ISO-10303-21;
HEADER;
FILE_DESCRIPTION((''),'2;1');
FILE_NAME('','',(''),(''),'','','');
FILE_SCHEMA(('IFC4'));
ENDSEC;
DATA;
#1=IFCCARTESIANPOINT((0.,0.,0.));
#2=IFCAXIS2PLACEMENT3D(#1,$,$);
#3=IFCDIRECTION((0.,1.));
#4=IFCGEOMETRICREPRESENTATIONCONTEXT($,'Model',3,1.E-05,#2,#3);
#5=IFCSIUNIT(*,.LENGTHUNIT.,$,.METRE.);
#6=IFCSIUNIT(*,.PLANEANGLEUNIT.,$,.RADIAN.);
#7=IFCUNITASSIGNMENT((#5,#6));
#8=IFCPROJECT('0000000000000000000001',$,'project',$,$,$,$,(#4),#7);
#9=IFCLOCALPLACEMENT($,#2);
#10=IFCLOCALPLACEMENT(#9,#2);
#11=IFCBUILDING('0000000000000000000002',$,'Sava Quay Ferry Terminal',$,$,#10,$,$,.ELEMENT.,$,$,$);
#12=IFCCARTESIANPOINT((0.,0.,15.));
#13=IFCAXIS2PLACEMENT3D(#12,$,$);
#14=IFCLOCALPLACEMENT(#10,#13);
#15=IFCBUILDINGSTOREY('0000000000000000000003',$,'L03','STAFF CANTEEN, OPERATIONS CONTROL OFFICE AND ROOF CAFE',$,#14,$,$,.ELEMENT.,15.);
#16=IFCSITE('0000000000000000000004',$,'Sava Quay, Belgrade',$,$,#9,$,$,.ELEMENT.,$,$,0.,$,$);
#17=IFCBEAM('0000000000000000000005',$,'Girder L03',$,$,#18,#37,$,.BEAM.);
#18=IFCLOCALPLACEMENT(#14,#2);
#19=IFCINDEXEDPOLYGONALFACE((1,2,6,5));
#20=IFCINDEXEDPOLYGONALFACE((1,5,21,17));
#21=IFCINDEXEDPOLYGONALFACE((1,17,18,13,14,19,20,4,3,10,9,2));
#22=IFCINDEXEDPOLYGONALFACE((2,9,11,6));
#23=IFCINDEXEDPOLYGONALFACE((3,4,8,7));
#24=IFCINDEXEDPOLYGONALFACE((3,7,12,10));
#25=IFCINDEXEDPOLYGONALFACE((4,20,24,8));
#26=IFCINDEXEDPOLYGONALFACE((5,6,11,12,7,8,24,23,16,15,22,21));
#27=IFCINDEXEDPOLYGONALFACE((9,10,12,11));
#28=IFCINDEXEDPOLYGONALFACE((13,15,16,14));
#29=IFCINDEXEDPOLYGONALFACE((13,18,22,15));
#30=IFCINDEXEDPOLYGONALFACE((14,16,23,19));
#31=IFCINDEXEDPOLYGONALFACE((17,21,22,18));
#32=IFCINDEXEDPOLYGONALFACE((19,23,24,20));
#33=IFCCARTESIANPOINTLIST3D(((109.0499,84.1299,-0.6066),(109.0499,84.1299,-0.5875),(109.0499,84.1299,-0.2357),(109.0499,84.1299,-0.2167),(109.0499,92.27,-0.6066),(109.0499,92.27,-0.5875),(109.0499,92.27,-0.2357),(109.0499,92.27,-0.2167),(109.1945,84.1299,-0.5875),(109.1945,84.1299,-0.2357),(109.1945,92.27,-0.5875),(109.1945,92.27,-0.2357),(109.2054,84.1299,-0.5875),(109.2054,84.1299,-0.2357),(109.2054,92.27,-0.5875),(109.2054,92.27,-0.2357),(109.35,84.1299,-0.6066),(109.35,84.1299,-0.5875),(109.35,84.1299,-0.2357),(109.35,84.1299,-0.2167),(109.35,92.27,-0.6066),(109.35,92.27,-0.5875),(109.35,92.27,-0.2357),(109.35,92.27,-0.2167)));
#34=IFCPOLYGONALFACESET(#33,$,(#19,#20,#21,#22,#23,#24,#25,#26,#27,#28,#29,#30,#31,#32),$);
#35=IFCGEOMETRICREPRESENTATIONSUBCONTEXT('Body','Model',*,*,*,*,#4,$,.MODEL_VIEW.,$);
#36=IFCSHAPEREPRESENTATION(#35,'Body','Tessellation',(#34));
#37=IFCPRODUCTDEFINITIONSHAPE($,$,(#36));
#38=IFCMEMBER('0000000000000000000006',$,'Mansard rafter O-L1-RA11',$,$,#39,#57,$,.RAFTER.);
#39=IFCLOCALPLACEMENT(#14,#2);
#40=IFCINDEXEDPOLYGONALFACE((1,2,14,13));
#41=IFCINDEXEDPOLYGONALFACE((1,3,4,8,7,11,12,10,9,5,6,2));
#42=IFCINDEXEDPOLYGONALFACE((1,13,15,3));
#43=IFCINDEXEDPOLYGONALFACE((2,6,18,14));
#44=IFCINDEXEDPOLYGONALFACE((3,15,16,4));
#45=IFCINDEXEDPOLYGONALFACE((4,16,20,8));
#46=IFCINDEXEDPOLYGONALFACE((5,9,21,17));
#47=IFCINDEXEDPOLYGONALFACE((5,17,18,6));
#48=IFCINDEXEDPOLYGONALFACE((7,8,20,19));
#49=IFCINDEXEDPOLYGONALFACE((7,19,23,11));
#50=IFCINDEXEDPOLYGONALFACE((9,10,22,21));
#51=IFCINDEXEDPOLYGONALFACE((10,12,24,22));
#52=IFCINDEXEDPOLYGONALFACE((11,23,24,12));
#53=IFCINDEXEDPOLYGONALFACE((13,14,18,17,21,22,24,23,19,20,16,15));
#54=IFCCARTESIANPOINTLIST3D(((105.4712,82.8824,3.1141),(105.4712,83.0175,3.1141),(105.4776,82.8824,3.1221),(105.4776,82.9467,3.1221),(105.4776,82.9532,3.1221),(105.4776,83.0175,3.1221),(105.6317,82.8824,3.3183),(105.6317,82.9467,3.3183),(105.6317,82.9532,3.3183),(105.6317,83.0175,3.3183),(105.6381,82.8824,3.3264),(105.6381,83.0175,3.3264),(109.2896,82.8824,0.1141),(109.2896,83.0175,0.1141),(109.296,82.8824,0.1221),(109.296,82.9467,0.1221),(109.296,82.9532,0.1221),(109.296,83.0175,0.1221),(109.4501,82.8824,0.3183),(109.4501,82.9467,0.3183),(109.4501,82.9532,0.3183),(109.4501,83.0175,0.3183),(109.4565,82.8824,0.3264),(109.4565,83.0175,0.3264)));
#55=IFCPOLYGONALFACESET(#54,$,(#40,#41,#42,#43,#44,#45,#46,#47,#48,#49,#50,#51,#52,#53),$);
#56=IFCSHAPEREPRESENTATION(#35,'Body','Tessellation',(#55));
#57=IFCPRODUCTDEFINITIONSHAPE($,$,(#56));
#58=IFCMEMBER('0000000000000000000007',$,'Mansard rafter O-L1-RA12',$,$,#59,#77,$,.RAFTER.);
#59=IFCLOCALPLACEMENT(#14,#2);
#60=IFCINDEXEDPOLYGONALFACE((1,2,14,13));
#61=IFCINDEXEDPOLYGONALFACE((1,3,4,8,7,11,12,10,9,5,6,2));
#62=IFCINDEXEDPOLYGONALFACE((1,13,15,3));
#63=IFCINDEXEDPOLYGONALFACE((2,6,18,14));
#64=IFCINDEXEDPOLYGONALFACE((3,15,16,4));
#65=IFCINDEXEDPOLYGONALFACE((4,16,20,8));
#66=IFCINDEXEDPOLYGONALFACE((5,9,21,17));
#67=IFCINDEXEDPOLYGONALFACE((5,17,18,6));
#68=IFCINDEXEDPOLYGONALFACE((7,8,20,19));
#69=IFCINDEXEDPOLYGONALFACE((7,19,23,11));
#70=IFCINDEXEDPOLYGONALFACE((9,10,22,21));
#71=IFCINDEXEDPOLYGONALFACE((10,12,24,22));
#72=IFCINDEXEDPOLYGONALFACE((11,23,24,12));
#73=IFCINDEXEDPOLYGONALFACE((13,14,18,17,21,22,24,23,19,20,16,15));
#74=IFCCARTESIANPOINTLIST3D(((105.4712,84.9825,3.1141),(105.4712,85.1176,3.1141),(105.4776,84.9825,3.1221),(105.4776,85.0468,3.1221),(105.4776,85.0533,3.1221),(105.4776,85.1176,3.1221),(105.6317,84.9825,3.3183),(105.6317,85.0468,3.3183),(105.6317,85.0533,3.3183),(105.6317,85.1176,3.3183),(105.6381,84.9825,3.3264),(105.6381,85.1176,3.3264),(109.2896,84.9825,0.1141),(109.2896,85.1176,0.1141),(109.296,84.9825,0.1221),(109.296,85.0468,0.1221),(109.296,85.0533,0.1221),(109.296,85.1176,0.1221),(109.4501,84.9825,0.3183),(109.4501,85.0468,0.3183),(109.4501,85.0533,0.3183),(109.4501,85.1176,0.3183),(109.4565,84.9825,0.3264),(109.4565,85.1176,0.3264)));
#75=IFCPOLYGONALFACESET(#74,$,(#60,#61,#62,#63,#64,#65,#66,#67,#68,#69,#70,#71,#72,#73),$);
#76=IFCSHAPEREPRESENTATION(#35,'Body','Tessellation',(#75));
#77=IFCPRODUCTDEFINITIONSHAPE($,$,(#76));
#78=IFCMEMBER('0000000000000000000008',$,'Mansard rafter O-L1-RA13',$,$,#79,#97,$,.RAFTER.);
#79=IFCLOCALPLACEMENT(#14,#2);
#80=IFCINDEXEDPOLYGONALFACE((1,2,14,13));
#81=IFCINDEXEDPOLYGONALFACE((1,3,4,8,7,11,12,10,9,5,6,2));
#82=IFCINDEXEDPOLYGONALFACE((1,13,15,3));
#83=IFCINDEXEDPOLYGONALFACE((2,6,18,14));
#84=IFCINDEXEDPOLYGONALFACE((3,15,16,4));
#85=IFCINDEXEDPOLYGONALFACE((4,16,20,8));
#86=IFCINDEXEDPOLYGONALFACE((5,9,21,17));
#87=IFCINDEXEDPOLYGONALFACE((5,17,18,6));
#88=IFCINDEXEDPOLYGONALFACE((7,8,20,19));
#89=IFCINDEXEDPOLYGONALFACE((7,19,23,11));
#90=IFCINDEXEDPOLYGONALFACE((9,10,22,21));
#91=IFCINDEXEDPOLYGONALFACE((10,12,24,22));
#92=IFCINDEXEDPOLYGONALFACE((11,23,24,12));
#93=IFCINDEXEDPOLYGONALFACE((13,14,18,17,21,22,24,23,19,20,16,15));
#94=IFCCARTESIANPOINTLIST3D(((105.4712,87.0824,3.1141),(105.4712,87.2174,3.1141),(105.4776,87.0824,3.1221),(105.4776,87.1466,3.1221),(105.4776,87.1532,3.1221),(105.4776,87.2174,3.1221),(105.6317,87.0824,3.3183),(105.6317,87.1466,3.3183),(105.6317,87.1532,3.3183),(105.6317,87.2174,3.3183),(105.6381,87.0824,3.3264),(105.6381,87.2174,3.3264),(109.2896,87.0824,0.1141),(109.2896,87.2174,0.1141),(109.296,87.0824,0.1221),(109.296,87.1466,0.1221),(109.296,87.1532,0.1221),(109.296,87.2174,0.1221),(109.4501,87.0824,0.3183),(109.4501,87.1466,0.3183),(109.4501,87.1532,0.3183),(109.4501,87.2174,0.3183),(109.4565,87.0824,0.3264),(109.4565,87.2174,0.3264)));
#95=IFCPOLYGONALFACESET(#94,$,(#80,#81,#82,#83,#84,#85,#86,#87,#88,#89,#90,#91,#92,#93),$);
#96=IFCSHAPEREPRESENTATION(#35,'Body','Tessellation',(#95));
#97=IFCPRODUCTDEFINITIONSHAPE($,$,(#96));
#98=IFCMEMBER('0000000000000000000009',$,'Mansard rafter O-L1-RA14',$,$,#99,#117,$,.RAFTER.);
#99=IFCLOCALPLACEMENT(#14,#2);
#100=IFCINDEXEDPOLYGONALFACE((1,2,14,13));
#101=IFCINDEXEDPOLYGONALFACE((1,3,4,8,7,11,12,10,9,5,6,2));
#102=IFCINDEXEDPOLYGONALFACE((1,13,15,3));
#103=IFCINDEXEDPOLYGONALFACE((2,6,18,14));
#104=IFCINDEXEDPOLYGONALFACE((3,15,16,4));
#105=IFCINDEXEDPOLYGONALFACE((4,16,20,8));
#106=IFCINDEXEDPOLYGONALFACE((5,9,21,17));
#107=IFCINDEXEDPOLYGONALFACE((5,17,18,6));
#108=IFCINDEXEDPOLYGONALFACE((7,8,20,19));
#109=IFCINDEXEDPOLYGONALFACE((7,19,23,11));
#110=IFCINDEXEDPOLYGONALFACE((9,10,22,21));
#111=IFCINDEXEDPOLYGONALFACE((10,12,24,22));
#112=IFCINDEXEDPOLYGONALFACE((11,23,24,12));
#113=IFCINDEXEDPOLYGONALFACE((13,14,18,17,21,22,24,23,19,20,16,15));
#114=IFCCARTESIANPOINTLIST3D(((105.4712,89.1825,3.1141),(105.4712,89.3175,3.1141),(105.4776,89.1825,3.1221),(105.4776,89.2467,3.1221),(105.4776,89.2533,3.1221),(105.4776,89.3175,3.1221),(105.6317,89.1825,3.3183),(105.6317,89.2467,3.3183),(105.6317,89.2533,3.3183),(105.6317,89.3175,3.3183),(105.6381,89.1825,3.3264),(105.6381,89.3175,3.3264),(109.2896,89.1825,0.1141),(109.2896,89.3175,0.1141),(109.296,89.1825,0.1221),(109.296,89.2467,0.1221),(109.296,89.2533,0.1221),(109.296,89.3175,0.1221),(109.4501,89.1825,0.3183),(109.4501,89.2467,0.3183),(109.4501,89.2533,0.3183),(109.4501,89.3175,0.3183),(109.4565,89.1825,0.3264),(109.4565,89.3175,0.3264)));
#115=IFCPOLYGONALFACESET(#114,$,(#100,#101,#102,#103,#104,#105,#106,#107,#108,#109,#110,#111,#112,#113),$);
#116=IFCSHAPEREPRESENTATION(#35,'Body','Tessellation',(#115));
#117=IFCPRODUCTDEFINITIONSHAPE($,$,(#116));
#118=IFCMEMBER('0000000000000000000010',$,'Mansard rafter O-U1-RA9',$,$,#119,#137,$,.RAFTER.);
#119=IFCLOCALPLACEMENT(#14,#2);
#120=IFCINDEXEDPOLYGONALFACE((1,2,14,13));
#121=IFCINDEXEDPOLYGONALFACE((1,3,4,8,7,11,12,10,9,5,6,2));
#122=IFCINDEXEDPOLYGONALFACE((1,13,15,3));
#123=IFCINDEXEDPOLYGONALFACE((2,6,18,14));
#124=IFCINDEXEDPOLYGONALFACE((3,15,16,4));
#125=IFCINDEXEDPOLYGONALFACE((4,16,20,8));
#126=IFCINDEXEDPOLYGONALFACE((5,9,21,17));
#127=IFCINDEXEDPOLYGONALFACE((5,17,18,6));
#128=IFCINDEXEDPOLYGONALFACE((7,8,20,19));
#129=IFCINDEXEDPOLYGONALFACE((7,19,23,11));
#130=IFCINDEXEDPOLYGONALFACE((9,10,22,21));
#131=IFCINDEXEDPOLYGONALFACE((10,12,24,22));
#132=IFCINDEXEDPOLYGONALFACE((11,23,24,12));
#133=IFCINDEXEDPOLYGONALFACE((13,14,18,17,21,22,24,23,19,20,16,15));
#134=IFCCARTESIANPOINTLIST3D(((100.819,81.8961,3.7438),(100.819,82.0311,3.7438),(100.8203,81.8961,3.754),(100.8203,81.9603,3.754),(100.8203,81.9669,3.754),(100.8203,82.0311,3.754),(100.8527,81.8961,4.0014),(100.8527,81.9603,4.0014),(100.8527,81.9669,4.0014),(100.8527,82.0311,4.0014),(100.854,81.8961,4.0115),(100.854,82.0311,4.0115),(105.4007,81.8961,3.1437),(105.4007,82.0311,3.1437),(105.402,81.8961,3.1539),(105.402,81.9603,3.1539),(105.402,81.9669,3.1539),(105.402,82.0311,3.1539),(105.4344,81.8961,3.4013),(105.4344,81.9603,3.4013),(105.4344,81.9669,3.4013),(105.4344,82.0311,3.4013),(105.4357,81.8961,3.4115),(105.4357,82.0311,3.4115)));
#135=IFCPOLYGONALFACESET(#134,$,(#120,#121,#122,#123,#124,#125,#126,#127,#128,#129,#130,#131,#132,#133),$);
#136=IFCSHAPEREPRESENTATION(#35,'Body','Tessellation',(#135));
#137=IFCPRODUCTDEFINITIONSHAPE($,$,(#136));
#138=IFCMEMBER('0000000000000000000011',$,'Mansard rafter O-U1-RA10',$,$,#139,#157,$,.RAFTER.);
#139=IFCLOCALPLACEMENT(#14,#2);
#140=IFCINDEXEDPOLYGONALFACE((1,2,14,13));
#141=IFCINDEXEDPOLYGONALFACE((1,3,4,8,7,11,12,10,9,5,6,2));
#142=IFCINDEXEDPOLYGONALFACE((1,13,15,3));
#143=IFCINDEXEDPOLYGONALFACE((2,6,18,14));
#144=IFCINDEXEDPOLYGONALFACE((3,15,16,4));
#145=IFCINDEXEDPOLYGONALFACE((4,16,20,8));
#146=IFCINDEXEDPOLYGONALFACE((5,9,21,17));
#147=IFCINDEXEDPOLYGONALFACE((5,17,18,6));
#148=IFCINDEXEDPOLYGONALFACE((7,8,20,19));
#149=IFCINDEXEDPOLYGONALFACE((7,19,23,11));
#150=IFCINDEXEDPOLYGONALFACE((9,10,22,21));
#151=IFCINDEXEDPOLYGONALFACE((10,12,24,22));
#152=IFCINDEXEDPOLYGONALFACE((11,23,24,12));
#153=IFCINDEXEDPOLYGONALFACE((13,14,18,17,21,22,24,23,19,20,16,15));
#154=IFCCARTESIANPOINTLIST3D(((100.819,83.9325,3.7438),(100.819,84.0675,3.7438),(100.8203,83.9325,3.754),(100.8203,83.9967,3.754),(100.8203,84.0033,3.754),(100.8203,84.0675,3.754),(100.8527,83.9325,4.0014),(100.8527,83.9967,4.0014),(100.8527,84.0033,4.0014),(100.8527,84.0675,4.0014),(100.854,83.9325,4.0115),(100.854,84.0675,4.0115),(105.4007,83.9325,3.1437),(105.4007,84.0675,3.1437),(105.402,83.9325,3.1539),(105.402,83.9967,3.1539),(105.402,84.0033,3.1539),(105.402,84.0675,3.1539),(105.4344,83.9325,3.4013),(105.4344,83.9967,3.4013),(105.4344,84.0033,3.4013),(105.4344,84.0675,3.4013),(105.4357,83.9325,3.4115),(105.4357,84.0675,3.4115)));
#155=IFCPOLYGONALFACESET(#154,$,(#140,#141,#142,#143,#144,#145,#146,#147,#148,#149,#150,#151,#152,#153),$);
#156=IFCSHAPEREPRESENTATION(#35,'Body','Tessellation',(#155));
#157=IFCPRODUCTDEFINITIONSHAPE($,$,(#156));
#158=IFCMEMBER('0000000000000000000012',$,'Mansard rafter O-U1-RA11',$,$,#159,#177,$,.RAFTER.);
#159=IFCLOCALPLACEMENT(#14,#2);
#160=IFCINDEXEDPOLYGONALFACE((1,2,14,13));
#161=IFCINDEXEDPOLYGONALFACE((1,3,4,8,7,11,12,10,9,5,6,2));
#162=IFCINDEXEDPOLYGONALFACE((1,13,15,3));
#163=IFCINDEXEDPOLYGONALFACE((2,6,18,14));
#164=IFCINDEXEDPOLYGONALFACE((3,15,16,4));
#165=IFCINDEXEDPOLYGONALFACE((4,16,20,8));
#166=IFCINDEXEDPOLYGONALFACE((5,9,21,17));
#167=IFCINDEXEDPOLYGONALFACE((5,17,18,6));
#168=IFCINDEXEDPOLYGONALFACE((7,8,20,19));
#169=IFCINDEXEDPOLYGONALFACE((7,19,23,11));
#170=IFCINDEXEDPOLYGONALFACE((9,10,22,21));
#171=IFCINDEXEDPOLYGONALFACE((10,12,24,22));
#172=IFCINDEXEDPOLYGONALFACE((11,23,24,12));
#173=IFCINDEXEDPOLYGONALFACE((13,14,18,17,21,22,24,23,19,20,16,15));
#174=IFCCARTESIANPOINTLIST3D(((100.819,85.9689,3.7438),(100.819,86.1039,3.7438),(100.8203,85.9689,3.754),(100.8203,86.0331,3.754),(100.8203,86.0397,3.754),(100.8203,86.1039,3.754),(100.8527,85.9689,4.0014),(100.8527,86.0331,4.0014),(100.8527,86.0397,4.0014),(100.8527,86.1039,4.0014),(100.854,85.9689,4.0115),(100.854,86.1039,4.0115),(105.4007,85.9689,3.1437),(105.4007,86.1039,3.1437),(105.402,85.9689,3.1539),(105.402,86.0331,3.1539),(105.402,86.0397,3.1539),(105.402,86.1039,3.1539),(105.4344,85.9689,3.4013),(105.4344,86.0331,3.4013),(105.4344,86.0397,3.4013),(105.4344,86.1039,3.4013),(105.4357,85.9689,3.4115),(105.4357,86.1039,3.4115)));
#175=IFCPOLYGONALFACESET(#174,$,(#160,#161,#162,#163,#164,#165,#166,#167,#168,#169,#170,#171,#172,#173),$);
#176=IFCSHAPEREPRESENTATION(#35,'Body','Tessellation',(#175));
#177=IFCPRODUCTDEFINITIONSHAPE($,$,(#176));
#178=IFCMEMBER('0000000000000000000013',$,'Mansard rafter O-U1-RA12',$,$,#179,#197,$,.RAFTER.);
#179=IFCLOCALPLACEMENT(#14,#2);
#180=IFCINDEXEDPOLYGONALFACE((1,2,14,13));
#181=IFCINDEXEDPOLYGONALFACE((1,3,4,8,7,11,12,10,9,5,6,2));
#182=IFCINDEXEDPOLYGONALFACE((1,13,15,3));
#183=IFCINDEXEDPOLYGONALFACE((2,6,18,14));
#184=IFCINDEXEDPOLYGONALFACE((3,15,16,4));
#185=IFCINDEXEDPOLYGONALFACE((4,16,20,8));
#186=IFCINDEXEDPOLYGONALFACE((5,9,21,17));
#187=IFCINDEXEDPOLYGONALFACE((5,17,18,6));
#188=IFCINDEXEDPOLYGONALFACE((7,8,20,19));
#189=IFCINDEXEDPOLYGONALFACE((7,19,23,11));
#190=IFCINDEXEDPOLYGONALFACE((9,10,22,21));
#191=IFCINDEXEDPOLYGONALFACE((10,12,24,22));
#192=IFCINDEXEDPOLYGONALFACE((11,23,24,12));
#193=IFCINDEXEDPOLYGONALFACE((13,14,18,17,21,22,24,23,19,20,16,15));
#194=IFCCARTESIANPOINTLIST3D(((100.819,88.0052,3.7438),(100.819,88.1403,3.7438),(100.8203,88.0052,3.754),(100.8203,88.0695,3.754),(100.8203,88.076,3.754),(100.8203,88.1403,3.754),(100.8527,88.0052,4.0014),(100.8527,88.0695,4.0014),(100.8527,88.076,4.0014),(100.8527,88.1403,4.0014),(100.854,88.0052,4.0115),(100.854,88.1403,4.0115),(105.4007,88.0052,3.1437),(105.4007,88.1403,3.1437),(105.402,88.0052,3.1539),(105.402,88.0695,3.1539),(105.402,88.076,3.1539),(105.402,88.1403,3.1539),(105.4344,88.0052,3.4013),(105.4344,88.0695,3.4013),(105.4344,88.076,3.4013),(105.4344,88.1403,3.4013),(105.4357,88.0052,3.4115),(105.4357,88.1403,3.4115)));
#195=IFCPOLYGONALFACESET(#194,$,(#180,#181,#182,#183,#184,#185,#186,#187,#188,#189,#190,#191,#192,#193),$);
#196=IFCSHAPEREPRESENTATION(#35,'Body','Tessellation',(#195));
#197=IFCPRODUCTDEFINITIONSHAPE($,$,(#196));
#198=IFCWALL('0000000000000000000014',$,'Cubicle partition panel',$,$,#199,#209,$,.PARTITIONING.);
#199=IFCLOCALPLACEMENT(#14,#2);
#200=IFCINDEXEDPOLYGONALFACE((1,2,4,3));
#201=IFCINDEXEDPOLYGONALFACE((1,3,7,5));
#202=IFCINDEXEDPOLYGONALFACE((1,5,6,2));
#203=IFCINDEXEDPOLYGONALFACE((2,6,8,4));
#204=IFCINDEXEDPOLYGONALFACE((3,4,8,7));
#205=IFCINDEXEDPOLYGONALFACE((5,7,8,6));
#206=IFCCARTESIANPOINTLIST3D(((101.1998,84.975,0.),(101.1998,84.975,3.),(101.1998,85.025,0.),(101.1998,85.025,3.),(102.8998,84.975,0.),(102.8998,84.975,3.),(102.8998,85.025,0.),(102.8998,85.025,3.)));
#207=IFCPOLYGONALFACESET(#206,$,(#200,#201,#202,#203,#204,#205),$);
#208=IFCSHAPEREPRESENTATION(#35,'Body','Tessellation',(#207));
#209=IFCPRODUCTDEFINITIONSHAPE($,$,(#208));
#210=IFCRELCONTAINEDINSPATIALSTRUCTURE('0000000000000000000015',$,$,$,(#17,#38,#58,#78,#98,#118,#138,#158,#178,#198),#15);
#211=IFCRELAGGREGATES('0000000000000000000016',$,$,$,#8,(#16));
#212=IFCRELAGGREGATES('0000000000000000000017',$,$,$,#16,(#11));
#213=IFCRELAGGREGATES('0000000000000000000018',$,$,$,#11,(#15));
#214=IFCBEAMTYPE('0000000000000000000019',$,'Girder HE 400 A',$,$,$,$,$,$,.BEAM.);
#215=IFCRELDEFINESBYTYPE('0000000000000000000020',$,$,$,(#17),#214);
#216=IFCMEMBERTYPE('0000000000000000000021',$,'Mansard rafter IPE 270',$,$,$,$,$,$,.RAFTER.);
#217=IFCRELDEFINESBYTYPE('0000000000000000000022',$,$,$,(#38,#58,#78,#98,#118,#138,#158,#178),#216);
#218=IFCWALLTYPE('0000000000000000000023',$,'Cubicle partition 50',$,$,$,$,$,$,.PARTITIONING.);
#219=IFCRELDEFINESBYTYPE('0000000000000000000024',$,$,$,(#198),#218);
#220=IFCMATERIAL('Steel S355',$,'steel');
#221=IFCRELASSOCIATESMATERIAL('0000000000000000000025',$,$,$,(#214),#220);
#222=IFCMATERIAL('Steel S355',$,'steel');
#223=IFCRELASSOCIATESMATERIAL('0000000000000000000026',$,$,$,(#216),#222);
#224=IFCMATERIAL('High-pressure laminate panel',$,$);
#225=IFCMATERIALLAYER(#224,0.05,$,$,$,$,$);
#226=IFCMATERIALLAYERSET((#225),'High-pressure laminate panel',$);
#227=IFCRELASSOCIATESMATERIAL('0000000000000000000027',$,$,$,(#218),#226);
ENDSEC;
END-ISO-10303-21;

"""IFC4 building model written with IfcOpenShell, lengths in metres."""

from ifc_helpers import new_model, si_unit, direction, frame, frame_2d, origin, origin_2d, place, context, subcontext, project, spatial, rectangle, i_section, extrude, material, layer, layer_set, material_profile, profile_set, type_object, element, save


model = new_model("IFC4")

# Units and contexts
model_context = context("Model", 3, precision=1e-05, world=origin(), true_north=direction((0.0, 1.0)))
body_context = subcontext(model_context, "Body", "Model", "MODEL_VIEW")
ifc_project = project(units=[si_unit("LENGTHUNIT", "METRE"), si_unit("PLANEANGLEUNIT", "RADIAN")], contexts=[model_context])

# Site, building, storey
site_placement = place(None, origin())
site = spatial("IfcSite", under=ifc_project, at=site_placement, Name="Sava Quay, Belgrade", CompositionType="ELEMENT", RefElevation=0.0)
building_placement = place(site_placement, origin())
building = spatial("IfcBuilding", under=site, at=building_placement, Name="Sava Quay Ferry Terminal", CompositionType="ELEMENT")
storey_placement = place(building_placement, frame((0.0, 0.0, 15.0)))
storey = spatial("IfcBuildingStorey", under=building, at=storey_placement, Name="L03", Description="STAFF CANTEEN, OPERATIONS CONTROL OFFICE AND ROOF CAFE", CompositionType="ELEMENT", Elevation=15.0)

# Beam
ifc_material_1 = material(Name="Steel S355", Category="steel")
ifc_material_profile_1 = material_profile(ifc_material_1, i_section(OverallWidth=0.3, OverallDepth=0.3899, WebThickness=0.011, FlangeThickness=0.019, at=origin_2d()), Name="HE 400 A")
ifc_profile_set_1 = profile_set([ifc_material_profile_1], Name="Steel S355")
beam_type = type_object("IfcBeamType", Name="Girder HE 400 A", PredefinedType="BEAM", material=ifc_profile_set_1)
beam_placement = place(storey_placement, frame((109.2, 84.1299, -0.4116), z_axis=(0.0, 1.0, 0.0), x_axis=(-1.0, 0.0, 0.0)))
element("IfcBeam", 1, at=beam_placement, inside=storey, type_object=beam_type, Name="Girder L03", PredefinedType="BEAM", context=body_context, shape_type="SweptSolid", body=[
    extrude(i_section(OverallWidth=0.3, OverallDepth=0.3899, WebThickness=0.011, FlangeThickness=0.019, at=origin_2d()), origin(), (0.0, 0.0, 1.0), 8.1401),
])

# Members
ifc_material_2 = material(Name="Steel S355", Category="steel")
ifc_material_profile_2 = material_profile(ifc_material_2, i_section(OverallWidth=0.135, OverallDepth=0.27, WebThickness=0.0066, FlangeThickness=0.0103, at=origin_2d()), Name="IPE 270")
ifc_profile_set_2 = profile_set([ifc_material_profile_2], Name="Steel S355")
member_type = type_object("IfcMemberType", Name="Mansard rafter IPE 270", PredefinedType="RAFTER", material=ifc_profile_set_2)
for number, where, z_axis, x_axis, name in (
    (2, (109.373, 82.95, 0.2202), (-0.786332, 0.0, 0.617804), (0.0, -1.0, 0.0), "Mansard rafter O-L1-RA11"),
    (3, (109.373, 85.05, 0.2202), (-0.786332, 0.0, 0.617804), (0.0, -1.0, 0.0), "Mansard rafter O-L1-RA12"),
    (4, (109.373, 87.1499, 0.2202), (-0.786332, 0.0, 0.617804), (0.0, -1.0, 0.0), "Mansard rafter O-L1-RA13"),
    (5, (109.373, 89.25, 0.2202), (-0.786332, 0.0, 0.617804), (0.0, -1.0, 0.0), "Mansard rafter O-L1-RA14"),
):
    element("IfcMember", number, at=place(storey_placement, frame(where, z_axis=z_axis, x_axis=x_axis)), inside=storey, type_object=member_type, Name=name, PredefinedType="RAFTER", context=body_context, shape_type="SweptSolid", body=[
        extrude(i_section(OverallWidth=0.135, OverallDepth=0.27, WebThickness=0.0066, FlangeThickness=0.0103, at=origin_2d()), origin(), (0.0, 0.0, 1.0), 4.856),
    ])
for number, where, z_axis, x_axis, name in (
    (6, (105.4182, 81.9636, 3.2776), (-0.991532, 0.0, 0.129865), (0.0, -1.0, 0.0), "Mansard rafter O-U1-RA9"),
    (7, (105.4182, 84.0, 3.2776), (-0.991532, 0.0, 0.129865), (0.0, -1.0, 0.0), "Mansard rafter O-U1-RA10"),
    (8, (105.4182, 86.0364, 3.2776), (-0.991532, 0.0, 0.129865), (0.0, -1.0, 0.0), "Mansard rafter O-U1-RA11"),
    (9, (105.4182, 88.0728, 3.2776), (-0.991532, 0.0, 0.129865), (0.0, -1.0, 0.0), "Mansard rafter O-U1-RA12"),
):
    element("IfcMember", number, at=place(storey_placement, frame(where, z_axis=z_axis, x_axis=x_axis)), inside=storey, type_object=member_type, Name=name, PredefinedType="RAFTER", context=body_context, shape_type="SweptSolid", body=[
        extrude(i_section(OverallWidth=0.135, OverallDepth=0.27, WebThickness=0.0066, FlangeThickness=0.0103, at=origin_2d()), origin(), (0.0, 0.0, 1.0), 4.6208),
    ])

# Wall
ifc_material_3 = material(Name="High-pressure laminate panel")
ifc_layer_1 = layer(ifc_material_3, 0.05)
ifc_layer_set_1 = layer_set([ifc_layer_1], Name="High-pressure laminate panel")
wall_type_1 = type_object("IfcWallType", Name="Cubicle partition 50", PredefinedType="PARTITIONING", material=ifc_layer_set_1)
for number, where, z_axis, x_axis, name in (
    (10, (102.8999, 85.0, 0.0), (0.0, 0.0, 1.0), (-1.0, 0.0, 0.0), "Cubicle partition panel"),
):
    element("IfcWall", number, at=place(storey_placement, frame(where, z_axis=z_axis, x_axis=x_axis)), inside=storey, type_object=wall_type_1, Name=name, PredefinedType="PARTITIONING", context=body_context, shape_type="SweptSolid", body=[
        extrude(rectangle(XDim=1.7, YDim=0.05, at=frame_2d((0.8501, 0.0))), origin(), (0.0, 0.0, 1.0), 3.0),
    ])

save(model, "model.ifc")
